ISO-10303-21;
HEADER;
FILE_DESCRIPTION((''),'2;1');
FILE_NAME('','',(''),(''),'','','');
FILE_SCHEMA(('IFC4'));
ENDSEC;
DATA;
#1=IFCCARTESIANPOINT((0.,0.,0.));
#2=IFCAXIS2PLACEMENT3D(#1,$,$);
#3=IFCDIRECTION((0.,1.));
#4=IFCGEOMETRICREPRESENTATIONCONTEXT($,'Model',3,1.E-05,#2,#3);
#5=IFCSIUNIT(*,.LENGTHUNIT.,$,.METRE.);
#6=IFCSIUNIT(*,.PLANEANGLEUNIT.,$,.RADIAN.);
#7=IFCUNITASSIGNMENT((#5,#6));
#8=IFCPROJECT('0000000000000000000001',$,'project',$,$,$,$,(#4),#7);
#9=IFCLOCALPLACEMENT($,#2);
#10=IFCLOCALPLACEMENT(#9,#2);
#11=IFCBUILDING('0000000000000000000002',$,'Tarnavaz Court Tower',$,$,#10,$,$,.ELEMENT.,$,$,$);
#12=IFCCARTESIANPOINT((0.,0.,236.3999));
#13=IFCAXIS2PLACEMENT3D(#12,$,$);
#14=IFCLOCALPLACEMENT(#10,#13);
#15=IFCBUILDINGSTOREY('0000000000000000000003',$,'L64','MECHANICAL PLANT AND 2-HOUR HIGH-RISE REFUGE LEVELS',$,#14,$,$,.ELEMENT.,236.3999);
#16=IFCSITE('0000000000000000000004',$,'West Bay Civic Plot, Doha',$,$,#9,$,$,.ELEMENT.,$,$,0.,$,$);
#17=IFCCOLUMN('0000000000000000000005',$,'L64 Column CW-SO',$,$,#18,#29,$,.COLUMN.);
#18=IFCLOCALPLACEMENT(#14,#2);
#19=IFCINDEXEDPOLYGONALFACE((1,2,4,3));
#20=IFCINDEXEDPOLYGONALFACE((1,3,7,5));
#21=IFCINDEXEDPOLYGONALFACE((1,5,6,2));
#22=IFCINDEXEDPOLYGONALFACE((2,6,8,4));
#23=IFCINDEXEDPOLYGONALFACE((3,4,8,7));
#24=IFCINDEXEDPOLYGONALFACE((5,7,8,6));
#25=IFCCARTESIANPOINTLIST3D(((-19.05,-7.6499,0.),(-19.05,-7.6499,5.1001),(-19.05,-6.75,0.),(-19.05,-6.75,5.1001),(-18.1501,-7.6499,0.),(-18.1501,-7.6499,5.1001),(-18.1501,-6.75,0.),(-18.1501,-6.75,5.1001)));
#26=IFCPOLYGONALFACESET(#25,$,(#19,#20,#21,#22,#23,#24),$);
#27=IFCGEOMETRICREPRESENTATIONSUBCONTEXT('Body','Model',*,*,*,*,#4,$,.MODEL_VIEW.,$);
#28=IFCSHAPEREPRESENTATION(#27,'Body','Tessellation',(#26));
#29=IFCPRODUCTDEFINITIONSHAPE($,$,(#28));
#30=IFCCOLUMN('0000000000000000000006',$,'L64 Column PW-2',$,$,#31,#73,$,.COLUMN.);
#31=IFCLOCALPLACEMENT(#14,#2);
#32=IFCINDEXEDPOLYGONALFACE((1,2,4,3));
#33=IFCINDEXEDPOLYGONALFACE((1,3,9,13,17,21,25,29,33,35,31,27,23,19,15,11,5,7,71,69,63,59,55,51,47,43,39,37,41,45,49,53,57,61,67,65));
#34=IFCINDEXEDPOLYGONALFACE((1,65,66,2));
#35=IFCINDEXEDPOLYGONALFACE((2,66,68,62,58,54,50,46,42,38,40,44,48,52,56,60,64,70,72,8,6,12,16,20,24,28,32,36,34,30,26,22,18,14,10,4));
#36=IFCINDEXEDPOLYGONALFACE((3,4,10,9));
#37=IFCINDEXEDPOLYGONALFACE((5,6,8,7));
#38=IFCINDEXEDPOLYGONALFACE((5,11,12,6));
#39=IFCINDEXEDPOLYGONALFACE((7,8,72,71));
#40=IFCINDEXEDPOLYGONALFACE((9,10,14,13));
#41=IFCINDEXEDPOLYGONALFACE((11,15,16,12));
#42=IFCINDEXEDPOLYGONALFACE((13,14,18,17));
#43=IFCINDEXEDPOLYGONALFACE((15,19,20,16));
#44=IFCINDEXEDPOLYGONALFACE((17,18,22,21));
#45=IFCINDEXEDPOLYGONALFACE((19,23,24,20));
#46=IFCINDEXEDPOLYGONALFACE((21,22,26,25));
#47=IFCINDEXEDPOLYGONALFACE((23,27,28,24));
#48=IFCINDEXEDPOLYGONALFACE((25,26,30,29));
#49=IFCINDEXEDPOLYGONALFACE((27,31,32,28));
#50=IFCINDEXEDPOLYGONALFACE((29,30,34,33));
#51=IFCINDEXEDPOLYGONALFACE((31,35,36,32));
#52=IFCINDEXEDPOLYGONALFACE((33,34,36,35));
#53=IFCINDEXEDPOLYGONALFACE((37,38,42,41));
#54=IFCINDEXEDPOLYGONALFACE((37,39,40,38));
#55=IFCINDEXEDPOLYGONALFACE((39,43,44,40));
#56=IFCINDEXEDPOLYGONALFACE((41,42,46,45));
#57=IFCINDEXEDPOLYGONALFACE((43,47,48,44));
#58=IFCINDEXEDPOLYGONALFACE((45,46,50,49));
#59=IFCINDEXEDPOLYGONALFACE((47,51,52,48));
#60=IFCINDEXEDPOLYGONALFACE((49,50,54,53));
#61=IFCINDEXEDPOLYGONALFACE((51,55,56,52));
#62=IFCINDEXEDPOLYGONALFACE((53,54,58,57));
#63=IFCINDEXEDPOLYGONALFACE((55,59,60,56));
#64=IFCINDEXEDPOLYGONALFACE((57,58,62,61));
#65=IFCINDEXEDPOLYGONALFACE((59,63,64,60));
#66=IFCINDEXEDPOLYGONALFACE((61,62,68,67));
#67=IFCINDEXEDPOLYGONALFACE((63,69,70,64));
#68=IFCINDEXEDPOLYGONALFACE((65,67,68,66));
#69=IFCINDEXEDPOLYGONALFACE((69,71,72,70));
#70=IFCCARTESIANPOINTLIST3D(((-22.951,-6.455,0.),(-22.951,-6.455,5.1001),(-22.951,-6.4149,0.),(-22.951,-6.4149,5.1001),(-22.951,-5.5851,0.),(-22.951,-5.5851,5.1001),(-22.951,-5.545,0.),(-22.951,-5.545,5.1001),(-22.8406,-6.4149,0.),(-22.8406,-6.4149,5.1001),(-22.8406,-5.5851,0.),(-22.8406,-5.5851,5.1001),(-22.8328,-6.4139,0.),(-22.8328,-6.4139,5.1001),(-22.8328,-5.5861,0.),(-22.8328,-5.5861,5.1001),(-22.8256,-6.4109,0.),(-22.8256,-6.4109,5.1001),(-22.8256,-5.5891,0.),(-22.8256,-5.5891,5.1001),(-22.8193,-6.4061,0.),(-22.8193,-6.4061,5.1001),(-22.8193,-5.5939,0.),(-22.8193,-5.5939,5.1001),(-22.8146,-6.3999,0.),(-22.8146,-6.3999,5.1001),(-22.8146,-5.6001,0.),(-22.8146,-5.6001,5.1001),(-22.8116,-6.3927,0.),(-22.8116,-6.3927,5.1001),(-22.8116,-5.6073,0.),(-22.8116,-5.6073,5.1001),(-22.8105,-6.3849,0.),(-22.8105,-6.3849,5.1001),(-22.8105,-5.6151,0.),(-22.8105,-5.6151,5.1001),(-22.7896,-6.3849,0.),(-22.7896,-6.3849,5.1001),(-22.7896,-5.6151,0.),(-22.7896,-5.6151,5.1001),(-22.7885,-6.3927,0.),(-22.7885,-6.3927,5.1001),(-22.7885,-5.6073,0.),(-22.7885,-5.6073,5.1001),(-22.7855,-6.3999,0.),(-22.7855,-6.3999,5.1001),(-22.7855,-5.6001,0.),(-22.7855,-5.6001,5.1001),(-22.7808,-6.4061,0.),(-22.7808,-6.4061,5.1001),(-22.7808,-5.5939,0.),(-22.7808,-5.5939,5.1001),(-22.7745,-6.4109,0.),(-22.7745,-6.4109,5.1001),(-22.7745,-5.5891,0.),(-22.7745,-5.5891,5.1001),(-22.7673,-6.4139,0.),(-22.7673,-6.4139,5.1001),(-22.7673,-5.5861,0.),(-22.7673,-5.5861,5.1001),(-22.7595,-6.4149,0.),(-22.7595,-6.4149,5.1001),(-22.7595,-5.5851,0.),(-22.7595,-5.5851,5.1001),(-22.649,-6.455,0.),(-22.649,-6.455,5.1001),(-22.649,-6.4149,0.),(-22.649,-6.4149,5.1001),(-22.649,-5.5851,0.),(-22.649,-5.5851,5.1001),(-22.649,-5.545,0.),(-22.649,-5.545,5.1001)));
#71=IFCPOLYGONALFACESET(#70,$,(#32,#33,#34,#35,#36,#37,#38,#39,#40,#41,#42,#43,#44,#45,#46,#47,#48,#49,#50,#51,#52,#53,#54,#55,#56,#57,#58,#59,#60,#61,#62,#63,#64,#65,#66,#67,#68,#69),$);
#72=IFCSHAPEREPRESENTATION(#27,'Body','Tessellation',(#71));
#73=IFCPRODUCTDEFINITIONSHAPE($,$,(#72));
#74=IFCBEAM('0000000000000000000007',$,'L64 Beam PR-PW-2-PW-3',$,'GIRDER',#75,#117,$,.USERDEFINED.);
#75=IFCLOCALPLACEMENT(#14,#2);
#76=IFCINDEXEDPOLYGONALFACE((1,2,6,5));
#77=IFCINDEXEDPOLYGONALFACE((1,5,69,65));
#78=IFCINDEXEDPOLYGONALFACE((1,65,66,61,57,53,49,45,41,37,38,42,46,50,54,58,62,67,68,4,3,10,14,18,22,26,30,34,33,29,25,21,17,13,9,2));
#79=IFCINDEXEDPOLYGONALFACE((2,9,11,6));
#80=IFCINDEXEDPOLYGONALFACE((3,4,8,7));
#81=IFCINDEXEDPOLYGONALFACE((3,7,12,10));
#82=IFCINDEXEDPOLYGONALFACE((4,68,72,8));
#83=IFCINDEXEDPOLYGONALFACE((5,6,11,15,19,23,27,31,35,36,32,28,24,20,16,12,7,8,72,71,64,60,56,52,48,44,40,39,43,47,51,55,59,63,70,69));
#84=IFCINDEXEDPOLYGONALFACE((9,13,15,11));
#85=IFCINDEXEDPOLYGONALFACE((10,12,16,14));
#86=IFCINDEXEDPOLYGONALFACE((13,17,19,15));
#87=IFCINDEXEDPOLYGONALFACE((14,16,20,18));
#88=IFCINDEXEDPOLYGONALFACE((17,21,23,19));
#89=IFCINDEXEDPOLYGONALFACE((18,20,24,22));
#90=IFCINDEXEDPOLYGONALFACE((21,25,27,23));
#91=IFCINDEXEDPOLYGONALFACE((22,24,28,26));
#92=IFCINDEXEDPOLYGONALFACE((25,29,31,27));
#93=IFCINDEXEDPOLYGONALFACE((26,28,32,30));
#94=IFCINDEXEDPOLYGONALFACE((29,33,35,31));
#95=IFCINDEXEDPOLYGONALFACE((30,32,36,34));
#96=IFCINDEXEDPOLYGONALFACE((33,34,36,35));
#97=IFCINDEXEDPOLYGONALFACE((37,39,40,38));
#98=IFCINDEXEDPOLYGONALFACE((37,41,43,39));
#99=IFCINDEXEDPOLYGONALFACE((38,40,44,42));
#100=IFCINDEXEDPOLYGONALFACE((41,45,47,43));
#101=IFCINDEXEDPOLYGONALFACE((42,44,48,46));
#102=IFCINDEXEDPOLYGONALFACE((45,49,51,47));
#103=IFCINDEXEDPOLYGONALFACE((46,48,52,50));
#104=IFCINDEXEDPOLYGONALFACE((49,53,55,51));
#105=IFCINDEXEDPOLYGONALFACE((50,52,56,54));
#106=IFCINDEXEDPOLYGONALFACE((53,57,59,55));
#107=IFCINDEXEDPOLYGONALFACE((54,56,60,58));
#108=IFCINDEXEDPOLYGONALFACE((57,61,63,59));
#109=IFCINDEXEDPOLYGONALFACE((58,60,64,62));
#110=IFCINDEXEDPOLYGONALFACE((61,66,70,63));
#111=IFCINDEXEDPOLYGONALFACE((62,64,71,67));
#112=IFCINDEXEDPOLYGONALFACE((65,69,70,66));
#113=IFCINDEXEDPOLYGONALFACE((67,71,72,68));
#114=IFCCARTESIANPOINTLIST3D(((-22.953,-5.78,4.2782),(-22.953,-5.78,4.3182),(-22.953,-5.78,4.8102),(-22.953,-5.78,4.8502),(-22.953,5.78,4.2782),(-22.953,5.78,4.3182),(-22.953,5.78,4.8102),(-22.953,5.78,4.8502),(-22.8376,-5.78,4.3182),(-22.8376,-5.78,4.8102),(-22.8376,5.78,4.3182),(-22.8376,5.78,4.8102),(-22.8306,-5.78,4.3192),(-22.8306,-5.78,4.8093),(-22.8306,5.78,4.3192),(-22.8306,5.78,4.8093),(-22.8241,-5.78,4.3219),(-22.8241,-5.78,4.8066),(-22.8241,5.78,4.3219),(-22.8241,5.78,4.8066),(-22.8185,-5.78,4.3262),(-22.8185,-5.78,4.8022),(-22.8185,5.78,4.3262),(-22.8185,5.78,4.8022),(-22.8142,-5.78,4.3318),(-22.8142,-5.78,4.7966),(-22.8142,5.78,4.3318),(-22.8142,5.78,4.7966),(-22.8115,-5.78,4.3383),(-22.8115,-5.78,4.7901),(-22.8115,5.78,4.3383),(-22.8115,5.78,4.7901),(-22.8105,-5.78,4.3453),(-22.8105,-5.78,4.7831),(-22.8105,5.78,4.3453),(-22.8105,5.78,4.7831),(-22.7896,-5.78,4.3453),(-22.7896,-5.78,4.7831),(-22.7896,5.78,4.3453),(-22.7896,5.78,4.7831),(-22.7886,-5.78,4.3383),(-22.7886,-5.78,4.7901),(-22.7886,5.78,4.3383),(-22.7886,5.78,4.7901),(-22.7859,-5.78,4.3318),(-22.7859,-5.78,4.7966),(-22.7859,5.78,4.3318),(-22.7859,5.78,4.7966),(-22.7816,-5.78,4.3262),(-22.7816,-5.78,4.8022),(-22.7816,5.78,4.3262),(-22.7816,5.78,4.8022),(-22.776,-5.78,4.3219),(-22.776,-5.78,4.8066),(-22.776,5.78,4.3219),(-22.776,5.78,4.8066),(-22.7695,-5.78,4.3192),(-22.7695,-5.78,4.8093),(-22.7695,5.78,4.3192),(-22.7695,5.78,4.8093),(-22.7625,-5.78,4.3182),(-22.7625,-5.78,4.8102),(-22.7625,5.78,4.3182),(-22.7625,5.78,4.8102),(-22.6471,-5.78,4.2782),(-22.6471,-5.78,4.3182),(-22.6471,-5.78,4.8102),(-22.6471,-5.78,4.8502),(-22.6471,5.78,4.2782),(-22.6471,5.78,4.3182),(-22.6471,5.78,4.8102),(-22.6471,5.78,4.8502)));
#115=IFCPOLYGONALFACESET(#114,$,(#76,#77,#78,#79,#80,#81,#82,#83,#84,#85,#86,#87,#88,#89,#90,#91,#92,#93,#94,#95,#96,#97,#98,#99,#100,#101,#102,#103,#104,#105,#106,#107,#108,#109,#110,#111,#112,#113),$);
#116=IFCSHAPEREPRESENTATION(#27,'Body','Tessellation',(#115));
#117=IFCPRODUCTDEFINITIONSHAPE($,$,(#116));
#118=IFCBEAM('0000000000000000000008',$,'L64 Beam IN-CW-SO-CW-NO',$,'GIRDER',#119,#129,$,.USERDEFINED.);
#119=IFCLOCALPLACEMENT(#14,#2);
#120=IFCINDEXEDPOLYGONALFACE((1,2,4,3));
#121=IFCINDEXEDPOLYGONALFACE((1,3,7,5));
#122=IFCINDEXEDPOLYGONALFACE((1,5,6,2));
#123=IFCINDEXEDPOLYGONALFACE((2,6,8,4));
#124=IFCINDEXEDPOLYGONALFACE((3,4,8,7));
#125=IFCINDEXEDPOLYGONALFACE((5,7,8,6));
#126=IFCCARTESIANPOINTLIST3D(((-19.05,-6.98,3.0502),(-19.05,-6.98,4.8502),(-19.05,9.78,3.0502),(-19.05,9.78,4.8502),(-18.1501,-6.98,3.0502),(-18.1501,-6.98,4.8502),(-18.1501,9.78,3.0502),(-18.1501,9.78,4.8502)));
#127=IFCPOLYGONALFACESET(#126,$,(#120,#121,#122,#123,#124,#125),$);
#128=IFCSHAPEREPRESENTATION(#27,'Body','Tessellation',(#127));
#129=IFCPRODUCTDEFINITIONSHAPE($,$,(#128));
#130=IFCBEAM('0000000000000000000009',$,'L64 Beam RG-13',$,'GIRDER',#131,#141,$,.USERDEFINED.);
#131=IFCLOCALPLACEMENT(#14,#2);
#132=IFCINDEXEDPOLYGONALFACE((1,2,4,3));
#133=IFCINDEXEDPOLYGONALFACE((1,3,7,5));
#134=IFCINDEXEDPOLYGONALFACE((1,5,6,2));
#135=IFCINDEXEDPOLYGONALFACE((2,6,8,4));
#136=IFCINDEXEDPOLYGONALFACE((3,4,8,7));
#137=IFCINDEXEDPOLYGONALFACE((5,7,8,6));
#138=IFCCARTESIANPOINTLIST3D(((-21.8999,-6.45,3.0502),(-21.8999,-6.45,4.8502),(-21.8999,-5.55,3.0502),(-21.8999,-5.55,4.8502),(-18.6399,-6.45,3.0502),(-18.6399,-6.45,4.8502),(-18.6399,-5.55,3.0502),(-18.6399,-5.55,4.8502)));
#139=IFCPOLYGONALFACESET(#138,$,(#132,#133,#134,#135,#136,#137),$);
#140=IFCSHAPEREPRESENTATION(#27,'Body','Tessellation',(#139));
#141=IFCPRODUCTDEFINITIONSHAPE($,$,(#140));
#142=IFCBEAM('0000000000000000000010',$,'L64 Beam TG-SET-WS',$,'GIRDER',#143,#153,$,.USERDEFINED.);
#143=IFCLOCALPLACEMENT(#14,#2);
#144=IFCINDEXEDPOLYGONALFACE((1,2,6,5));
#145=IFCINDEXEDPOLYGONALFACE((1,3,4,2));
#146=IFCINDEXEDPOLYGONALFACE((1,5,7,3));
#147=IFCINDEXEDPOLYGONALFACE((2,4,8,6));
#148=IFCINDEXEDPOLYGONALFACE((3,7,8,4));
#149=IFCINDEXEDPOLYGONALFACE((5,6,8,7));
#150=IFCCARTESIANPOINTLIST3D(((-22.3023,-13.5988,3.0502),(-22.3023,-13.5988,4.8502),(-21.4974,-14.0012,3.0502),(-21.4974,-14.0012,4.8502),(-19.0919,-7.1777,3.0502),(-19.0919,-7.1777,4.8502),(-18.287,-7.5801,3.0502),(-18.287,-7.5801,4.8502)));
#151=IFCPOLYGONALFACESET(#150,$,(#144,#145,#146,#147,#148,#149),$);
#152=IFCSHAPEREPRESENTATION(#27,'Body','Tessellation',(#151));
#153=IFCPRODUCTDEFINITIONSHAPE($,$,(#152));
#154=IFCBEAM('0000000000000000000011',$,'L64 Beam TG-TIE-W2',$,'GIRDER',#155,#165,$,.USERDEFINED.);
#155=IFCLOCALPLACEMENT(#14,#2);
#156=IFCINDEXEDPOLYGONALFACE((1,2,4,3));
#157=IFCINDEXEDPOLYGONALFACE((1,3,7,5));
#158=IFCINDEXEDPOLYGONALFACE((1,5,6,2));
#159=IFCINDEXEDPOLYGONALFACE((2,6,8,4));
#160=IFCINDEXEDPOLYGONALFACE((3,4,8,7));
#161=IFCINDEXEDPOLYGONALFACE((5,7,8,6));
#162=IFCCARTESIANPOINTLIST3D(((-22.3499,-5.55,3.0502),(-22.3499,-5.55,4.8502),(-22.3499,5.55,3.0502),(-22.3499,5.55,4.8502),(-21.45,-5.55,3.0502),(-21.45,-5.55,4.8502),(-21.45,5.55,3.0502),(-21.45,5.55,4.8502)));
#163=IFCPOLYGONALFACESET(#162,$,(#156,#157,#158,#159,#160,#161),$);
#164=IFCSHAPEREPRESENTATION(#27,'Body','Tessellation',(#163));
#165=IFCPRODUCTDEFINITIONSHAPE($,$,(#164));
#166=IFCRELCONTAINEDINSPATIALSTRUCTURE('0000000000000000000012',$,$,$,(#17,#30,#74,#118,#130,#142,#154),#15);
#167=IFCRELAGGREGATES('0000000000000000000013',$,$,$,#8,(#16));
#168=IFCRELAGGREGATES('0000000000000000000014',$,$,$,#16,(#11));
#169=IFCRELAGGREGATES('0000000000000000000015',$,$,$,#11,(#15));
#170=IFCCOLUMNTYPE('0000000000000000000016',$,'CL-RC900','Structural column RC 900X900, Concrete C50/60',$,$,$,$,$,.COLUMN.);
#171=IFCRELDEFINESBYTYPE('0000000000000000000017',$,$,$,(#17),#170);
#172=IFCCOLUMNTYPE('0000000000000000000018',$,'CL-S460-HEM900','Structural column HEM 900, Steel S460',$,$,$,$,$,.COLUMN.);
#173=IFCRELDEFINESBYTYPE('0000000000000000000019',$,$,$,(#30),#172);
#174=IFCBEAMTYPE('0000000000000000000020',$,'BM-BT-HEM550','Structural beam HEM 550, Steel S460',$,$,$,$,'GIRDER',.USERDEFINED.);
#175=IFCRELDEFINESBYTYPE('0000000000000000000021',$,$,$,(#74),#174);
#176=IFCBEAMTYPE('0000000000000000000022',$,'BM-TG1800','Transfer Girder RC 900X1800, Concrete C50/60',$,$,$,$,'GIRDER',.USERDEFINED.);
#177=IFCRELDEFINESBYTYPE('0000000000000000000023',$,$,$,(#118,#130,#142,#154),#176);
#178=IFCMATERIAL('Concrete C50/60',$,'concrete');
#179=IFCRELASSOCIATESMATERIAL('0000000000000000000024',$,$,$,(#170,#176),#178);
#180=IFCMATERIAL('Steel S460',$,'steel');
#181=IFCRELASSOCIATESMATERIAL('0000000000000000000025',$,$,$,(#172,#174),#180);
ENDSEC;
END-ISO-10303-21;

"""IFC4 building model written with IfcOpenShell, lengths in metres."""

from ifc_helpers import new_model, si_unit, direction, frame, origin, origin_2d, place, context, subcontext, project, spatial, rectangle, i_section, extrude, material, material_profile, profile_set, type_object, element, save


model = new_model("IFC4")

# Units and contexts
model_context = context("Model", 3, precision=1e-05, world=origin(), true_north=direction((0.0, 1.0)))
body_context = subcontext(model_context, "Body", "Model", "MODEL_VIEW")
ifc_project = project(units=[si_unit("LENGTHUNIT", "METRE"), si_unit("PLANEANGLEUNIT", "RADIAN")], contexts=[model_context])

# Site, building, storey
site_placement = place(None, origin())
site = spatial("IfcSite", under=ifc_project, at=site_placement, Name="West Bay Civic Plot, Doha", CompositionType="ELEMENT", RefElevation=0.0)
building_placement = place(site_placement, origin())
building = spatial("IfcBuilding", under=site, at=building_placement, Name="Tarnavaz Court Tower", CompositionType="ELEMENT")
storey_placement = place(building_placement, frame((0.0, 0.0, 236.3999)))
storey = spatial("IfcBuildingStorey", under=building, at=storey_placement, Name="L64", Description="MECHANICAL PLANT AND 2-HOUR HIGH-RISE REFUGE LEVELS", CompositionType="ELEMENT", Elevation=236.3999)

# Columns
ifc_material_1 = material(Name="Concrete C50/60", Category="concrete")
ifc_material_profile_1 = material_profile(ifc_material_1, rectangle(XDim=0.8999, YDim=0.8999, at=origin_2d()), Name="RC 900X900")
ifc_profile_set_1 = profile_set([ifc_material_profile_1], Name="Concrete C50/60")
column_type_1 = type_object("IfcColumnType", Name="CL-RC900", Description="Structural column RC 900X900, Concrete C50/60", PredefinedType="COLUMN", material=ifc_profile_set_1)
column_1_placement = place(storey_placement, frame((-18.6001, -7.2, 0.0), z_axis=(0.0, 0.0, 1.0), x_axis=(1.0, 0.0, 0.0)))
element("IfcColumn", 1, at=column_1_placement, inside=storey, type_object=column_type_1, Name="L64 Column CW-SO", PredefinedType="COLUMN", context=body_context, shape_type="SweptSolid", body=[
    extrude(rectangle(XDim=0.8999, YDim=0.8999, at=origin_2d()), origin(), (0.0, 0.0, 1.0), 5.1001),
])
ifc_material_2 = material(Name="Steel S460", Category="steel")
ifc_material_profile_2 = material_profile(ifc_material_2, i_section(OverallWidth=0.302, OverallDepth=0.9099, WebThickness=0.021, FlangeThickness=0.04, FilletRadius=0.03, at=origin_2d()), Name="HEM 900")
ifc_profile_set_2 = profile_set([ifc_material_profile_2], Name="Steel S460")
column_type_2 = type_object("IfcColumnType", Name="CL-S460-HEM900", Description="Structural column HEM 900, Steel S460", PredefinedType="COLUMN", material=ifc_profile_set_2)
column_2_placement = place(storey_placement, frame((-22.8, -6.0, 0.0), z_axis=(0.0, 0.0, 1.0), x_axis=(1.0, 0.0, 0.0)))
element("IfcColumn", 2, at=column_2_placement, inside=storey, type_object=column_type_2, Name="L64 Column PW-2", PredefinedType="COLUMN", context=body_context, shape_type="SweptSolid", body=[
    extrude(i_section(OverallWidth=0.302, OverallDepth=0.9099, WebThickness=0.021, FlangeThickness=0.04, FilletRadius=0.03, at=origin_2d()), origin(), (0.0, 0.0, 1.0), 5.1001),
])

# Beams
ifc_material_profile_3 = material_profile(ifc_material_2, i_section(OverallWidth=0.3059, OverallDepth=0.572, WebThickness=0.021, FlangeThickness=0.04, FilletRadius=0.0271, at=origin_2d()), Name="HEM 550")
ifc_profile_set_3 = profile_set([ifc_material_profile_3], Name="Steel S460")
beam_type_1 = type_object("IfcBeamType", Name="BM-BT-HEM550", Description="Structural beam HEM 550, Steel S460", ElementType="GIRDER", PredefinedType="USERDEFINED", material=ifc_profile_set_3)
beam_1_placement = place(storey_placement, frame((-22.8, -5.78, 4.5642), z_axis=(0.0, 1.0, 0.0), x_axis=(-1.0, 0.0, 0.0)))
element("IfcBeam", 3, at=beam_1_placement, inside=storey, type_object=beam_type_1, Name="L64 Beam PR-PW-2-PW-3", ObjectType="GIRDER", PredefinedType="USERDEFINED", context=body_context, shape_type="SweptSolid", body=[
    extrude(i_section(OverallWidth=0.3059, OverallDepth=0.572, WebThickness=0.021, FlangeThickness=0.04, FilletRadius=0.0271, at=origin_2d()), origin(), (0.0, 0.0, 1.0), 11.5601),
])
ifc_material_profile_4 = material_profile(ifc_material_1, rectangle(XDim=0.8999, YDim=1.8, at=origin_2d()), Name="RC 900X1800")
ifc_profile_set_4 = profile_set([ifc_material_profile_4], Name="Concrete C50/60")
beam_type_2 = type_object("IfcBeamType", Name="BM-TG1800", Description="Transfer Girder RC 900X1800, Concrete C50/60", ElementType="GIRDER", PredefinedType="USERDEFINED", material=ifc_profile_set_4)
beam_2_placement = place(storey_placement, frame((-18.6001, -6.98, 3.9502), z_axis=(0.0, 1.0, 0.0), x_axis=(-1.0, 0.0, 0.0)))
element("IfcBeam", 4, at=beam_2_placement, inside=storey, type_object=beam_type_2, Name="L64 Beam IN-CW-SO-CW-NO", ObjectType="GIRDER", PredefinedType="USERDEFINED", context=body_context, shape_type="SweptSolid", body=[
    extrude(rectangle(XDim=0.8999, YDim=1.8, at=origin_2d()), origin(), (0.0, 0.0, 1.0), 16.76),
])
beam_3_placement = place(storey_placement, frame((-18.6399, -6.0, 3.9502), z_axis=(-1.0, 0.0, 0.0), x_axis=(0.0, -1.0, 0.0)))
element("IfcBeam", 5, at=beam_3_placement, inside=storey, type_object=beam_type_2, Name="L64 Beam RG-13", ObjectType="GIRDER", PredefinedType="USERDEFINED", context=body_context, shape_type="SweptSolid", body=[
    extrude(rectangle(XDim=0.8999, YDim=1.8, at=origin_2d()), origin(), (0.0, 0.0, 1.0), 3.26),
])
beam_4_placement = place(storey_placement, frame((-18.6895, -7.3789, 3.9502), z_axis=(-0.4472, -0.894434, 0.0), x_axis=(0.894434, -0.4472, 0.0)))
element("IfcBeam", 6, at=beam_4_placement, inside=storey, type_object=beam_type_2, Name="L64 Beam TG-SET-WS", ObjectType="GIRDER", PredefinedType="USERDEFINED", context=body_context, shape_type="SweptSolid", body=[
    extrude(rectangle(XDim=0.8999, YDim=1.8, at=origin_2d()), origin(), (0.0, 0.0, 1.0), 7.179),
])
beam_5_placement = place(storey_placement, frame((-21.8999, -5.55, 3.9502), z_axis=(0.0, 1.0, 0.0), x_axis=(-1.0, 0.0, 0.0)))
element("IfcBeam", 7, at=beam_5_placement, inside=storey, type_object=beam_type_2, Name="L64 Beam TG-TIE-W2", ObjectType="GIRDER", PredefinedType="USERDEFINED", context=body_context, shape_type="SweptSolid", body=[
    extrude(rectangle(XDim=0.8999, YDim=1.8, at=origin_2d()), origin(), (0.0, 0.0, 1.0), 11.1001),
])

save(model, "model.ifc")
